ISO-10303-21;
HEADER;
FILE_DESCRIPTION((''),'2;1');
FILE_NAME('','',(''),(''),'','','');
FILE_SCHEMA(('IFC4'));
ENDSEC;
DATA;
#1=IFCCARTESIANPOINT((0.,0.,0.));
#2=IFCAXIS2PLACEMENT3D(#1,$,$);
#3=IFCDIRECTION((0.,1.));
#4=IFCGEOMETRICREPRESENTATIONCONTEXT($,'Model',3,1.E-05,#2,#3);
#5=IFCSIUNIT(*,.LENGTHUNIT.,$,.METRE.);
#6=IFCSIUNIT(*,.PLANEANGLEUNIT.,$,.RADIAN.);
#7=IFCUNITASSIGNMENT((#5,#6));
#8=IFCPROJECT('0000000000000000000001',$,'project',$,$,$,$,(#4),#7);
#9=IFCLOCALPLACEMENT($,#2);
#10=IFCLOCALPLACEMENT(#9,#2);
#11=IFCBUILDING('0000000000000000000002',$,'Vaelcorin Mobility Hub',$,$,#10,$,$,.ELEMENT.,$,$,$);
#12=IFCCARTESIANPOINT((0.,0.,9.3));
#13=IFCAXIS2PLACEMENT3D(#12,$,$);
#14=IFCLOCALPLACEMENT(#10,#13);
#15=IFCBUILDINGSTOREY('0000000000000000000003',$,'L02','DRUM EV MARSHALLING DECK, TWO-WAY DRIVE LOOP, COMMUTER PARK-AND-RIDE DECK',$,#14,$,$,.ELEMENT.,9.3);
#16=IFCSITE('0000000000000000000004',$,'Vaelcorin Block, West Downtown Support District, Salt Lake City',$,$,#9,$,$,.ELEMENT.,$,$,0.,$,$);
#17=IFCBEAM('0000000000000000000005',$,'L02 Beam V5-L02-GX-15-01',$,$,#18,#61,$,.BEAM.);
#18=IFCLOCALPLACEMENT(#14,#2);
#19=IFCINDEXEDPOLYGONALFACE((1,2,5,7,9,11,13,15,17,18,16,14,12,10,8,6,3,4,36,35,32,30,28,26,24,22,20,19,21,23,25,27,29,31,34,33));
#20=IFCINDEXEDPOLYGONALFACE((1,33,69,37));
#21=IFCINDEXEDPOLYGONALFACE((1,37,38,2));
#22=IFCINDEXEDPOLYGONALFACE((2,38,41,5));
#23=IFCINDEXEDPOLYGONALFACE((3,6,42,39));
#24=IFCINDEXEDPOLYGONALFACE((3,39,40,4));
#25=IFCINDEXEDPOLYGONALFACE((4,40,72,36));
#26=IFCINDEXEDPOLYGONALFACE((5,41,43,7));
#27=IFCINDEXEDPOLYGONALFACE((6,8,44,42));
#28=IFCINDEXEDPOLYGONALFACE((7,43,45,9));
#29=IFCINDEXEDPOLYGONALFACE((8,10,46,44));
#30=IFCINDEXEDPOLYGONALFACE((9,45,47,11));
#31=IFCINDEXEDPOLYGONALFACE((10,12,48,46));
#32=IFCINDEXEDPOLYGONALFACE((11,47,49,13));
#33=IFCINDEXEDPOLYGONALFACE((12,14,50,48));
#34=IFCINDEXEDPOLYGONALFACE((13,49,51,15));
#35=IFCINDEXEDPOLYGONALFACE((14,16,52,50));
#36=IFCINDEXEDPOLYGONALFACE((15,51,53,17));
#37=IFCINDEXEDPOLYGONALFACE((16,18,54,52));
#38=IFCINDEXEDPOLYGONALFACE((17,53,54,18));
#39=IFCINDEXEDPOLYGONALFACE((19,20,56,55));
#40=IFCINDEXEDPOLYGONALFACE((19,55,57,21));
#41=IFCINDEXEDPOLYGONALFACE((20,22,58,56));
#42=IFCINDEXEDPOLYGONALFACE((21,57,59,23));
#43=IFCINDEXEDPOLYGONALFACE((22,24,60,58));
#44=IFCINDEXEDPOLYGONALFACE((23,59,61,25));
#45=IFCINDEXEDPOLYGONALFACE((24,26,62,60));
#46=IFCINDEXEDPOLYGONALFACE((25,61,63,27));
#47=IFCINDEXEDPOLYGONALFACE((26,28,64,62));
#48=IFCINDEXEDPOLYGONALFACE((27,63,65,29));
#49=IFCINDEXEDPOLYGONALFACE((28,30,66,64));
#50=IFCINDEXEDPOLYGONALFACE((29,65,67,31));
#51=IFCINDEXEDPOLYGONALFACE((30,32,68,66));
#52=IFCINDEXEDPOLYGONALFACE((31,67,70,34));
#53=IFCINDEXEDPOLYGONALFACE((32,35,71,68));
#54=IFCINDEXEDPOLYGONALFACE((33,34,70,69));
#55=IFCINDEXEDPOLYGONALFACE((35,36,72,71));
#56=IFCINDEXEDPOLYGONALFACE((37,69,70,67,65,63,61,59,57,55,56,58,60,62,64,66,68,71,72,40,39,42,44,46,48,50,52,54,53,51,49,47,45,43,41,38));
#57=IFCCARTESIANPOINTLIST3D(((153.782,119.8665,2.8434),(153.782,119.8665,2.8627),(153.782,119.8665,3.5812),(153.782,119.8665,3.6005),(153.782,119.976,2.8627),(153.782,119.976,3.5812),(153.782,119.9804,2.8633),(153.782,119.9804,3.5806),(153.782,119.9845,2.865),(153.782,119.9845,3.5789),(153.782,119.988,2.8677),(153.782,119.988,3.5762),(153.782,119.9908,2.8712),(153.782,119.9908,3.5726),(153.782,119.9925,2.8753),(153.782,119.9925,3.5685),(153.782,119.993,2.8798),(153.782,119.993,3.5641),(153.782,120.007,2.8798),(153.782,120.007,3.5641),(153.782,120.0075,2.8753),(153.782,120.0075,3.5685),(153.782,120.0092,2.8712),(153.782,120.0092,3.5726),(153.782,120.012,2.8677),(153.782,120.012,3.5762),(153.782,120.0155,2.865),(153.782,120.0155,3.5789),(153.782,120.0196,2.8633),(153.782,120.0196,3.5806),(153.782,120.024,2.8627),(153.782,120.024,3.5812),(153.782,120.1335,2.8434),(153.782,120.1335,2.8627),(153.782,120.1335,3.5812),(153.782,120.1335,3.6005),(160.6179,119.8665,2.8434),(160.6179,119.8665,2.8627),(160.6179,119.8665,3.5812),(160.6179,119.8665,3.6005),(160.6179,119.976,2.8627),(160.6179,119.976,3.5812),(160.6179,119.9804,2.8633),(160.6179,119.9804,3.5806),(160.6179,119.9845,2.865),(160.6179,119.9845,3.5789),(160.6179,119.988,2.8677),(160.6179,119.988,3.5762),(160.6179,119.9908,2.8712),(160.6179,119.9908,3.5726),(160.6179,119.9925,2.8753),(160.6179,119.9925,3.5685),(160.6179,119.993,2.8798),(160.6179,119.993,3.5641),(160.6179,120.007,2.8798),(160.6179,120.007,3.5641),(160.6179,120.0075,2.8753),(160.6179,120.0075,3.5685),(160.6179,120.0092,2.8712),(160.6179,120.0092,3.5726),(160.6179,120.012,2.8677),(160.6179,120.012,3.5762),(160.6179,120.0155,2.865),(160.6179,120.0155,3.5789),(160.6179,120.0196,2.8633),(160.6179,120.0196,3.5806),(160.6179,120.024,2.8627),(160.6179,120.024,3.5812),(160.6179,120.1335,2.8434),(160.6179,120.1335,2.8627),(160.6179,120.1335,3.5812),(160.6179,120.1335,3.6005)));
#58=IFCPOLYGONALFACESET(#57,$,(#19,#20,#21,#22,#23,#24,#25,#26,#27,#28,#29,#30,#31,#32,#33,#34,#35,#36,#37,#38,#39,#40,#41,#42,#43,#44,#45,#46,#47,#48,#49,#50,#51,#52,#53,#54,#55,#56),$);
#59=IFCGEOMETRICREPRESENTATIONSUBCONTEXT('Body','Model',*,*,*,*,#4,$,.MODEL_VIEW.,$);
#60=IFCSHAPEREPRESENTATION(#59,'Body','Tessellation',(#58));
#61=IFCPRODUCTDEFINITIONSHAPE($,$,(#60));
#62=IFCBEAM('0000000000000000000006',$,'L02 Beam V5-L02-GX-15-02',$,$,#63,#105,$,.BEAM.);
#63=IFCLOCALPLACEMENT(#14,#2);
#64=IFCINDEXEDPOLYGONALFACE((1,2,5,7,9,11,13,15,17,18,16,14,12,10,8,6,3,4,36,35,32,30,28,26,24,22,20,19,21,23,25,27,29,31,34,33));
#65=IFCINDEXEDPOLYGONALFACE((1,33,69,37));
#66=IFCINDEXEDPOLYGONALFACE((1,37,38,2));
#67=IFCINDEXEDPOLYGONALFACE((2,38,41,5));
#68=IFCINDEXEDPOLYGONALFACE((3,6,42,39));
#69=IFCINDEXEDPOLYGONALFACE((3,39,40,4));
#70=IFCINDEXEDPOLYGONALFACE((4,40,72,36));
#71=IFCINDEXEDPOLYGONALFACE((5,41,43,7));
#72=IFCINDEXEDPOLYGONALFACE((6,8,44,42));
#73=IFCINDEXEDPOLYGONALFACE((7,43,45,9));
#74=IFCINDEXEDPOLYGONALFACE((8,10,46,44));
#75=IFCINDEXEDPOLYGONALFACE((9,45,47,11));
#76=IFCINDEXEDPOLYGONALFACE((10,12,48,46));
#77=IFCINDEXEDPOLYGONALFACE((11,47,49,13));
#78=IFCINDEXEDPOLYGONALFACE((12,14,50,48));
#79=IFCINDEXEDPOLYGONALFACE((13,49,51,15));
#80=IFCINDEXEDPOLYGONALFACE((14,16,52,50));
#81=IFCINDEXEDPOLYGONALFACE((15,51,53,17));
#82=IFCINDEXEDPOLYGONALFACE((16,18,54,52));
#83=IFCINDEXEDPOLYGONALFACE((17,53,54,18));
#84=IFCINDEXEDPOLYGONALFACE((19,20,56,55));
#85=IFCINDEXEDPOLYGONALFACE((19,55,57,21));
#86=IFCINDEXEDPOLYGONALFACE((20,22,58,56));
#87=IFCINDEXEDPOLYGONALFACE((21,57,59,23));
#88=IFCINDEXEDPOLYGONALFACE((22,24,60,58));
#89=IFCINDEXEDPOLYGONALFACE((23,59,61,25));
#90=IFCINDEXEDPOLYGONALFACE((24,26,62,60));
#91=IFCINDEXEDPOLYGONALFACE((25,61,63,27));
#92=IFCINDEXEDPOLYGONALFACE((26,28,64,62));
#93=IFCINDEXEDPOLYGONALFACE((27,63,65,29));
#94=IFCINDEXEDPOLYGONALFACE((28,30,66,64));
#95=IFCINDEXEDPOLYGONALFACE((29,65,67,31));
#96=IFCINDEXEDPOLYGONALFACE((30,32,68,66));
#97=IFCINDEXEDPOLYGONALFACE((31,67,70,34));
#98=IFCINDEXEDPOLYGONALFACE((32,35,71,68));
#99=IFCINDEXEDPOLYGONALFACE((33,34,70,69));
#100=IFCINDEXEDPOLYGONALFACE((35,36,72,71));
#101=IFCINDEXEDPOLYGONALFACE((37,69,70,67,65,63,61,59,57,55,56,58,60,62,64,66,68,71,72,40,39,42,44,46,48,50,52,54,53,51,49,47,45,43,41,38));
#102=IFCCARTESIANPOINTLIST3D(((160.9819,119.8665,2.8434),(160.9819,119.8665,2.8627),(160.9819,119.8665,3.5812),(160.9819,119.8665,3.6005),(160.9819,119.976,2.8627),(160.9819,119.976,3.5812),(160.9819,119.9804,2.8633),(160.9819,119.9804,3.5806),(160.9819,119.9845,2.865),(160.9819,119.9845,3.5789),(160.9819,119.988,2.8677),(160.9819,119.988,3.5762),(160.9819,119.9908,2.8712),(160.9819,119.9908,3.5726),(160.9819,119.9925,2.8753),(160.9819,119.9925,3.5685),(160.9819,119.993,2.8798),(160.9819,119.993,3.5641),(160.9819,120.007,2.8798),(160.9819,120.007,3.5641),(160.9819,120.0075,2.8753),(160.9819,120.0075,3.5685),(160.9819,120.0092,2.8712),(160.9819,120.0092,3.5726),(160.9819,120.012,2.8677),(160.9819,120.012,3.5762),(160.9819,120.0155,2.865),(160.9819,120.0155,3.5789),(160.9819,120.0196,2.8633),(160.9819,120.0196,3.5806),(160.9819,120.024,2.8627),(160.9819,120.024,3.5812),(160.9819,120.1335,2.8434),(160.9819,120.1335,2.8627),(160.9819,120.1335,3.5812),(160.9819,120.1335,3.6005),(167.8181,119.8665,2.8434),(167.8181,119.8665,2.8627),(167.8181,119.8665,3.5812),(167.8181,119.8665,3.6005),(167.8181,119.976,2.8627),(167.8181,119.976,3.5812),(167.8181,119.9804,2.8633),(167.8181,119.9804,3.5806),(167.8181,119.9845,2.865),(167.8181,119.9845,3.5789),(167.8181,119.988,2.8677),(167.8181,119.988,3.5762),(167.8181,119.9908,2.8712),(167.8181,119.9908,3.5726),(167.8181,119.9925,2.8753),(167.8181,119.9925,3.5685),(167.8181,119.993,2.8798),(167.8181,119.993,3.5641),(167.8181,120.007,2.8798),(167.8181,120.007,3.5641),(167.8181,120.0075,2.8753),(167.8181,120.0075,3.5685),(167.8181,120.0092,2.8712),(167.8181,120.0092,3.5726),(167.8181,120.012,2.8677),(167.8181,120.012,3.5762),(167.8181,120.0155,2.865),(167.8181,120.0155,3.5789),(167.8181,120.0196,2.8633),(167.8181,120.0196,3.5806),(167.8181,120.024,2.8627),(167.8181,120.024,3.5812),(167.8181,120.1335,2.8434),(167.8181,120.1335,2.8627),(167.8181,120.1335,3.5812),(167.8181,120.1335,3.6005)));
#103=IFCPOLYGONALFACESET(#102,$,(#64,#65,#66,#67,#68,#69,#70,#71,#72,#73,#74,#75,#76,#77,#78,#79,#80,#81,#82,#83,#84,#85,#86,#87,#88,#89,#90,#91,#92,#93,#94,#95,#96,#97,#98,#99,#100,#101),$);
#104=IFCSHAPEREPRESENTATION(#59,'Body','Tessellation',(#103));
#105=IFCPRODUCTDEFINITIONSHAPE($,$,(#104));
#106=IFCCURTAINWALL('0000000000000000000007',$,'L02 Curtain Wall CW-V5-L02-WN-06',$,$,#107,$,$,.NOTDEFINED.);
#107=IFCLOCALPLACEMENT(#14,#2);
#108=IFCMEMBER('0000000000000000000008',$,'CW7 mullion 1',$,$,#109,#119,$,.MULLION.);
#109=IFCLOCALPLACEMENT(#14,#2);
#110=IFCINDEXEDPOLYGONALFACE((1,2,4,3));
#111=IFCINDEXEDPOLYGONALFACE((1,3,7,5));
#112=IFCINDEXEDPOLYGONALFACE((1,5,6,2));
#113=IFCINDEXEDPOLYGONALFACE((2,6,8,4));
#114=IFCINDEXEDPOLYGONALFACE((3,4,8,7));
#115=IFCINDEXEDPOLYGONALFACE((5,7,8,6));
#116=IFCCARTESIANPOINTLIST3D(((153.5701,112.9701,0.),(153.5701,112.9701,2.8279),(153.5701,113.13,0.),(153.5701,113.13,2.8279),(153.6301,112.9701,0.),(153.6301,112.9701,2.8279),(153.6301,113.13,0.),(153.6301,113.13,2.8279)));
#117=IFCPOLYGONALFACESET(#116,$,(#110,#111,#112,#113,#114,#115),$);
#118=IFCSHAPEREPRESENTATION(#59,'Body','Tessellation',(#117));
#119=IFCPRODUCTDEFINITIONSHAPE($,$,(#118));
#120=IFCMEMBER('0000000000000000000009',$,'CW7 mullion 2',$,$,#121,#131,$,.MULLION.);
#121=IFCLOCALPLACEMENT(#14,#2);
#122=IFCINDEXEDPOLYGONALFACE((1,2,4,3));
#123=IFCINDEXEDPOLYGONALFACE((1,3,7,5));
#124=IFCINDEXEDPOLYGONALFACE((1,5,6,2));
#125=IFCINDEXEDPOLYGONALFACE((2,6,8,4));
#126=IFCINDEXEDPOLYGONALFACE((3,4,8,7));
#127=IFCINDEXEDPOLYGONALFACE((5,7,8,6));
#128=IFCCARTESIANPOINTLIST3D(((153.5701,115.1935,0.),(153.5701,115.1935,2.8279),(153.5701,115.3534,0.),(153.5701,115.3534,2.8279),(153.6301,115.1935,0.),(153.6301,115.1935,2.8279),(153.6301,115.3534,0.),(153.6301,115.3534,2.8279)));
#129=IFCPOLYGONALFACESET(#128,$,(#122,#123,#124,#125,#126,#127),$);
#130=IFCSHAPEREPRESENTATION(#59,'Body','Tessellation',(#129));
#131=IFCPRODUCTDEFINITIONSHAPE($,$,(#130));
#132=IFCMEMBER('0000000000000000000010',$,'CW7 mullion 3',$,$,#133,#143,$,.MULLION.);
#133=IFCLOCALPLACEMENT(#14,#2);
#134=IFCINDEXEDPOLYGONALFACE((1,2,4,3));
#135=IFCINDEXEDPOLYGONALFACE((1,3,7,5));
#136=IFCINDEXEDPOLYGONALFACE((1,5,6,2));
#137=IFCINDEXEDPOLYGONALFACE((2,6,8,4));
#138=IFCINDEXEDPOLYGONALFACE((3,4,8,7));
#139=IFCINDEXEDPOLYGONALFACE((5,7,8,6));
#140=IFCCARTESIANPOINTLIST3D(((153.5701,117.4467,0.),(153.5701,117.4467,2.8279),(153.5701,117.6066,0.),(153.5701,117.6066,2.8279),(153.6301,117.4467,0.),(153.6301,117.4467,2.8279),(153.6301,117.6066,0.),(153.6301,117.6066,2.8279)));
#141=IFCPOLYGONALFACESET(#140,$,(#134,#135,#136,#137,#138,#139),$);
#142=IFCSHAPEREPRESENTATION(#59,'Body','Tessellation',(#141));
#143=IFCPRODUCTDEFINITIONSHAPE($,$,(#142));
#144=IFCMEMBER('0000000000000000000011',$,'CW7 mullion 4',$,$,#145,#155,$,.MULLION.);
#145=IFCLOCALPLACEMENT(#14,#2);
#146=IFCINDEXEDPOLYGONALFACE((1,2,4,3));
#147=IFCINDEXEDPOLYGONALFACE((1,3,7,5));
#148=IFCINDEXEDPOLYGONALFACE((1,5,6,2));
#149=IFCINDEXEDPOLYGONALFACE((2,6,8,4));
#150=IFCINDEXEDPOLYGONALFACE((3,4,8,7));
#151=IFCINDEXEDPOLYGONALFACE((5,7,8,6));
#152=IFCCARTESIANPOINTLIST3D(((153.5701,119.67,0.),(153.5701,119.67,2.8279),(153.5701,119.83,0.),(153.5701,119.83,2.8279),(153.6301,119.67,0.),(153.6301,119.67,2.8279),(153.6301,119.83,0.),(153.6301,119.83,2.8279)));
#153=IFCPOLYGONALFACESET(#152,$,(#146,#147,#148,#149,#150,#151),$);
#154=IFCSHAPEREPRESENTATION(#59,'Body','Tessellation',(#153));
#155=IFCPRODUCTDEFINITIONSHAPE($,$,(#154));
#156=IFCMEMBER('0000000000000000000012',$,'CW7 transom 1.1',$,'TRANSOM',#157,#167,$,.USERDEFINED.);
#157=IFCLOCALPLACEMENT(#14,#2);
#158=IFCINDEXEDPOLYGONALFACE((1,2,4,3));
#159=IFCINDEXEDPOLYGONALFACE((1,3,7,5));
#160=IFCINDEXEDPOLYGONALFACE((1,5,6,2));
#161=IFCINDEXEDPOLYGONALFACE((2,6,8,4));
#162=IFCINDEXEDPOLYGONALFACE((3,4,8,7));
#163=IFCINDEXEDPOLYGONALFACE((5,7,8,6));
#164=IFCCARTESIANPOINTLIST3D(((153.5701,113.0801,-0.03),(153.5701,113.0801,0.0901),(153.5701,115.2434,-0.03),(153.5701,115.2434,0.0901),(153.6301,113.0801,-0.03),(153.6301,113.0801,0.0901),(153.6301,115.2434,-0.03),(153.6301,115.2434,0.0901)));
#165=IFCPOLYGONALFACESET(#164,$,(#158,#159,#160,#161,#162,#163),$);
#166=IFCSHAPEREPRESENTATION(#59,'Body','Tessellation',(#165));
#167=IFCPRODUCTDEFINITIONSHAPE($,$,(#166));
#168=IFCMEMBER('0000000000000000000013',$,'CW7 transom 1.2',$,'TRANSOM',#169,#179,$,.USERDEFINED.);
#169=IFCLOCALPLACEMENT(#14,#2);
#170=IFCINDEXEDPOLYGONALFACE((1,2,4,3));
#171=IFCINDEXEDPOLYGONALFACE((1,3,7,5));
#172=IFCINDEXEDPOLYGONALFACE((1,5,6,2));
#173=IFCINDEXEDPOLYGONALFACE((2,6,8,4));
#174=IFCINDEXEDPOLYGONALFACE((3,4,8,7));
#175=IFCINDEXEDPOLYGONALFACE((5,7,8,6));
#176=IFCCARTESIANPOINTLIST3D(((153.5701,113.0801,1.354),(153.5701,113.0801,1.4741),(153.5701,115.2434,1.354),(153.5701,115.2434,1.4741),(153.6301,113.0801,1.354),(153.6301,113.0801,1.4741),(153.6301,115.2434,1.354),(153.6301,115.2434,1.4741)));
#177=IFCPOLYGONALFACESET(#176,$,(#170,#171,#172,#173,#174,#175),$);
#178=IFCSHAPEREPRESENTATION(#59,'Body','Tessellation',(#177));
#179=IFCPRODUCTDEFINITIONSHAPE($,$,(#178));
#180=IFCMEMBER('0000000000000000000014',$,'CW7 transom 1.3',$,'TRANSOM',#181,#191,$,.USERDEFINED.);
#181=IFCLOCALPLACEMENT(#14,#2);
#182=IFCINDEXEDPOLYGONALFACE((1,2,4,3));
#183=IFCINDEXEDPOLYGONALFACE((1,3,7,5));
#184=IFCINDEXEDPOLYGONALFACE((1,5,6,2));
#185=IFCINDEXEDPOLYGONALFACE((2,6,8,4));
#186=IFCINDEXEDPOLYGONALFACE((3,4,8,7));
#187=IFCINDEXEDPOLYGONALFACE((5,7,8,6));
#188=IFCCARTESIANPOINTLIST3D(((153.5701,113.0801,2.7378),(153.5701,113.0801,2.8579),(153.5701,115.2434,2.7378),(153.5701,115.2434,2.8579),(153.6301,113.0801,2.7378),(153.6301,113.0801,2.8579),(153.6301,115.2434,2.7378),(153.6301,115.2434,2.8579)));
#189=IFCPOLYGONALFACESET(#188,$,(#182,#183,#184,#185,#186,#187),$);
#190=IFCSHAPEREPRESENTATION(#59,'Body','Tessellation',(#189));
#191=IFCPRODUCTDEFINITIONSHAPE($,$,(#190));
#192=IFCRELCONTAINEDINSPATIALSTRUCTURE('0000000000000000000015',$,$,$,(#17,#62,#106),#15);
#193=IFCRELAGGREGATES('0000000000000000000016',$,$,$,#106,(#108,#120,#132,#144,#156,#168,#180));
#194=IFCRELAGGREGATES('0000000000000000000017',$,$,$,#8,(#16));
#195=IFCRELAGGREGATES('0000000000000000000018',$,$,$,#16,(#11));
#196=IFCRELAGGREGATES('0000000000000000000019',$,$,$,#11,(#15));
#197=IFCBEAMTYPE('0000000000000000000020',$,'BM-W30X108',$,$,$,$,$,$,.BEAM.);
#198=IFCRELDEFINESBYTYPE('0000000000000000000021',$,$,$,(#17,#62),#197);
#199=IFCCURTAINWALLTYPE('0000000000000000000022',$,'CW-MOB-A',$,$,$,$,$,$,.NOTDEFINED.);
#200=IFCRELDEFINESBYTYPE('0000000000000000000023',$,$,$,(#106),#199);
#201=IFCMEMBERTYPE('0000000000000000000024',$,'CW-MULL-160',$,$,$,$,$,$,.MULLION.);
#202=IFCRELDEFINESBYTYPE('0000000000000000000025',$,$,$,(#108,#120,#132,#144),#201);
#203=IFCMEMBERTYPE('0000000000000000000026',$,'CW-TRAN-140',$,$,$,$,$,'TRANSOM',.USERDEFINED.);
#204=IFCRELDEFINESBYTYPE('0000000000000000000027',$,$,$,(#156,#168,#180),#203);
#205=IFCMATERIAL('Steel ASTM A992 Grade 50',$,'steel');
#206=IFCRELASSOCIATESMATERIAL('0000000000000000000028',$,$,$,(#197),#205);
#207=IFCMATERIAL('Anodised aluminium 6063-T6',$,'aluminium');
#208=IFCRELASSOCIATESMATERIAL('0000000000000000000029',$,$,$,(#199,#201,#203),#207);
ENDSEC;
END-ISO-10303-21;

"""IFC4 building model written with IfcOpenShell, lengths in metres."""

from ifc_helpers import new_model, si_unit, direction, frame, origin, origin_2d, place, context, subcontext, project, spatial, rectangle, i_section, extrude, material, material_profile, profile_set, type_object, element, aggregate, save


model = new_model("IFC4")

# Units and contexts
model_context = context("Model", 3, precision=1e-05, world=origin(), true_north=direction((0.0, 1.0)))
body_context = subcontext(model_context, "Body", "Model", "MODEL_VIEW")
ifc_project = project(units=[si_unit("LENGTHUNIT", "METRE"), si_unit("PLANEANGLEUNIT", "RADIAN")], contexts=[model_context])

# Site, building, storey
site_placement = place(None, origin())
site = spatial("IfcSite", under=ifc_project, at=site_placement, Name="Vaelcorin Block, West Downtown Support District, Salt Lake City", CompositionType="ELEMENT", RefElevation=0.0)
building_placement = place(site_placement, origin())
building = spatial("IfcBuilding", under=site, at=building_placement, Name="Vaelcorin Mobility Hub", CompositionType="ELEMENT")
storey_placement = place(building_placement, frame((0.0, 0.0, 9.3)))
storey = spatial("IfcBuildingStorey", under=building, at=storey_placement, Name="L02", Description="DRUM EV MARSHALLING DECK, TWO-WAY DRIVE LOOP, COMMUTER PARK-AND-RIDE DECK", CompositionType="ELEMENT", Elevation=9.3)

# Shared definitions
ifc_material_1 = material(Name="Steel ASTM A992 Grade 50", Category="steel")

# Beams
ifc_material_profile_1 = material_profile(ifc_material_1, i_section(OverallWidth=0.2671, OverallDepth=0.7571, WebThickness=0.0139, FlangeThickness=0.0193, FilletRadius=0.0171, at=origin_2d()), Name="W30X108")
ifc_profile_set_1 = profile_set([ifc_material_profile_1], Name="Steel ASTM A992 Grade 50")
beam_type_1 = type_object("IfcBeamType", Name="BM-W30X108", PredefinedType="BEAM", material=ifc_profile_set_1)
beam_1_placement = place(storey_placement, frame((153.782, 120.0, 3.2219), z_axis=(1.0, 0.0, 0.0), x_axis=(0.0, 1.0, 0.0)))
element("IfcBeam", 1, at=beam_1_placement, inside=storey, type_object=beam_type_1, Name="L02 Beam V5-L02-GX-15-01", PredefinedType="BEAM", context=body_context, shape_type="SweptSolid", body=[
    extrude(i_section(OverallWidth=0.2671, OverallDepth=0.7571, WebThickness=0.0139, FlangeThickness=0.0193, FilletRadius=0.0171, at=origin_2d()), origin(), (0.0, 0.0, 1.0), 6.8359),
])
beam_2_placement = place(storey_placement, frame((160.9819, 120.0, 3.2219), z_axis=(1.0, 0.0, 0.0), x_axis=(0.0, 1.0, 0.0)))
element("IfcBeam", 2, at=beam_2_placement, inside=storey, type_object=beam_type_1, Name="L02 Beam V5-L02-GX-15-02", PredefinedType="BEAM", context=body_context, shape_type="SweptSolid", body=[
    extrude(i_section(OverallWidth=0.2671, OverallDepth=0.7571, WebThickness=0.0139, FlangeThickness=0.0193, FilletRadius=0.0171, at=origin_2d()), origin(), (0.0, 0.0, 1.0), 6.8362),
])

# Curtain wall, members
ifc_material_2 = material(Name="Anodised aluminium 6063-T6", Category="aluminium")
curtain_wall_type = type_object("IfcCurtainWallType", Name="CW-MOB-A", PredefinedType="NOTDEFINED", material=ifc_material_2)
curtain_wall_placement = place(storey_placement, origin())
curtain_wall = element("IfcCurtainWall", 3, at=curtain_wall_placement, inside=storey, type_object=curtain_wall_type, Name="L02 Curtain Wall CW-V5-L02-WN-06", PredefinedType="NOTDEFINED")
ifc_material_profile_2 = material_profile(ifc_material_2, rectangle(XDim=0.0601, YDim=0.1599, at=origin_2d()), Name="ALU-M60X160")
ifc_profile_set_2 = profile_set([ifc_material_profile_2], Name="Anodised aluminium 6063-T6")
member_type_1 = type_object("IfcMemberType", Name="CW-MULL-160", PredefinedType="MULLION", material=ifc_profile_set_2)
member_1_placement = place(storey_placement, frame((153.6001, 113.05, 0.0), z_axis=(0.0, 0.0, 1.0), x_axis=(-1.0, 0.0, 0.0)))
member_1 = element("IfcMember", 4, at=member_1_placement, type_object=member_type_1, Name="CW7 mullion 1", PredefinedType="MULLION", context=body_context, shape_type="SweptSolid", body=[
    extrude(rectangle(XDim=0.0601, YDim=0.1599, at=origin_2d()), origin(), (0.0, 0.0, 1.0), 2.8279),
])
member_2_placement = place(storey_placement, frame((153.6001, 115.2734, 0.0), z_axis=(0.0, 0.0, 1.0), x_axis=(-1.0, 0.0, 0.0)))
member_2 = element("IfcMember", 5, at=member_2_placement, type_object=member_type_1, Name="CW7 mullion 2", PredefinedType="MULLION", context=body_context, shape_type="SweptSolid", body=[
    extrude(rectangle(XDim=0.0601, YDim=0.1599, at=origin_2d()), origin(), (0.0, 0.0, 1.0), 2.8279),
])
member_3_placement = place(storey_placement, frame((153.6001, 117.5266, 0.0), z_axis=(0.0, 0.0, 1.0), x_axis=(-1.0, 0.0, 0.0)))
member_3 = element("IfcMember", 6, at=member_3_placement, type_object=member_type_1, Name="CW7 mullion 3", PredefinedType="MULLION", context=body_context, shape_type="SweptSolid", body=[
    extrude(rectangle(XDim=0.0601, YDim=0.1599, at=origin_2d()), origin(), (0.0, 0.0, 1.0), 2.8279),
])
member_4_placement = place(storey_placement, frame((153.6001, 119.75, 0.0), z_axis=(0.0, 0.0, 1.0), x_axis=(-1.0, 0.0, 0.0)))
member_4 = element("IfcMember", 7, at=member_4_placement, type_object=member_type_1, Name="CW7 mullion 4", PredefinedType="MULLION", context=body_context, shape_type="SweptSolid", body=[
    extrude(rectangle(XDim=0.0601, YDim=0.1599, at=origin_2d()), origin(), (0.0, 0.0, 1.0), 2.8279),
])
ifc_material_profile_3 = material_profile(ifc_material_2, rectangle(XDim=0.0601, YDim=0.1201, at=origin_2d()), Name="ALU-T60X120")
ifc_profile_set_3 = profile_set([ifc_material_profile_3], Name="Anodised aluminium 6063-T6")
member_type_2 = type_object("IfcMemberType", Name="CW-TRAN-140", ElementType="TRANSOM", PredefinedType="USERDEFINED", material=ifc_profile_set_3)
member_5_placement = place(storey_placement, frame((153.6001, 113.0801, 0.03), z_axis=(0.0, 1.0, 0.0), x_axis=(-1.0, 0.0, 0.0)))
member_5 = element("IfcMember", 8, at=member_5_placement, type_object=member_type_2, Name="CW7 transom 1.1", ObjectType="TRANSOM", PredefinedType="USERDEFINED", context=body_context, shape_type="SweptSolid", body=[
    extrude(rectangle(XDim=0.0601, YDim=0.1201, at=origin_2d()), origin(), (0.0, 0.0, 1.0), 2.1633),
])
member_6_placement = place(storey_placement, frame((153.6001, 113.0801, 1.4141), z_axis=(0.0, 1.0, 0.0), x_axis=(-1.0, 0.0, 0.0)))
member_6 = element("IfcMember", 9, at=member_6_placement, type_object=member_type_2, Name="CW7 transom 1.2", ObjectType="TRANSOM", PredefinedType="USERDEFINED", context=body_context, shape_type="SweptSolid", body=[
    extrude(rectangle(XDim=0.0601, YDim=0.1201, at=origin_2d()), origin(), (0.0, 0.0, 1.0), 2.1633),
])
member_7_placement = place(storey_placement, frame((153.6001, 113.0801, 2.7979), z_axis=(0.0, 1.0, 0.0), x_axis=(-1.0, 0.0, 0.0)))
member_7 = element("IfcMember", 10, at=member_7_placement, type_object=member_type_2, Name="CW7 transom 1.3", ObjectType="TRANSOM", PredefinedType="USERDEFINED", context=body_context, shape_type="SweptSolid", body=[
    extrude(rectangle(XDim=0.0601, YDim=0.1201, at=origin_2d()), origin(), (0.0, 0.0, 1.0), 2.1633),
])
aggregate(curtain_wall, [member_1, member_2, member_3, member_4, member_5, member_6, member_7])

save(model, "model.ifc")
